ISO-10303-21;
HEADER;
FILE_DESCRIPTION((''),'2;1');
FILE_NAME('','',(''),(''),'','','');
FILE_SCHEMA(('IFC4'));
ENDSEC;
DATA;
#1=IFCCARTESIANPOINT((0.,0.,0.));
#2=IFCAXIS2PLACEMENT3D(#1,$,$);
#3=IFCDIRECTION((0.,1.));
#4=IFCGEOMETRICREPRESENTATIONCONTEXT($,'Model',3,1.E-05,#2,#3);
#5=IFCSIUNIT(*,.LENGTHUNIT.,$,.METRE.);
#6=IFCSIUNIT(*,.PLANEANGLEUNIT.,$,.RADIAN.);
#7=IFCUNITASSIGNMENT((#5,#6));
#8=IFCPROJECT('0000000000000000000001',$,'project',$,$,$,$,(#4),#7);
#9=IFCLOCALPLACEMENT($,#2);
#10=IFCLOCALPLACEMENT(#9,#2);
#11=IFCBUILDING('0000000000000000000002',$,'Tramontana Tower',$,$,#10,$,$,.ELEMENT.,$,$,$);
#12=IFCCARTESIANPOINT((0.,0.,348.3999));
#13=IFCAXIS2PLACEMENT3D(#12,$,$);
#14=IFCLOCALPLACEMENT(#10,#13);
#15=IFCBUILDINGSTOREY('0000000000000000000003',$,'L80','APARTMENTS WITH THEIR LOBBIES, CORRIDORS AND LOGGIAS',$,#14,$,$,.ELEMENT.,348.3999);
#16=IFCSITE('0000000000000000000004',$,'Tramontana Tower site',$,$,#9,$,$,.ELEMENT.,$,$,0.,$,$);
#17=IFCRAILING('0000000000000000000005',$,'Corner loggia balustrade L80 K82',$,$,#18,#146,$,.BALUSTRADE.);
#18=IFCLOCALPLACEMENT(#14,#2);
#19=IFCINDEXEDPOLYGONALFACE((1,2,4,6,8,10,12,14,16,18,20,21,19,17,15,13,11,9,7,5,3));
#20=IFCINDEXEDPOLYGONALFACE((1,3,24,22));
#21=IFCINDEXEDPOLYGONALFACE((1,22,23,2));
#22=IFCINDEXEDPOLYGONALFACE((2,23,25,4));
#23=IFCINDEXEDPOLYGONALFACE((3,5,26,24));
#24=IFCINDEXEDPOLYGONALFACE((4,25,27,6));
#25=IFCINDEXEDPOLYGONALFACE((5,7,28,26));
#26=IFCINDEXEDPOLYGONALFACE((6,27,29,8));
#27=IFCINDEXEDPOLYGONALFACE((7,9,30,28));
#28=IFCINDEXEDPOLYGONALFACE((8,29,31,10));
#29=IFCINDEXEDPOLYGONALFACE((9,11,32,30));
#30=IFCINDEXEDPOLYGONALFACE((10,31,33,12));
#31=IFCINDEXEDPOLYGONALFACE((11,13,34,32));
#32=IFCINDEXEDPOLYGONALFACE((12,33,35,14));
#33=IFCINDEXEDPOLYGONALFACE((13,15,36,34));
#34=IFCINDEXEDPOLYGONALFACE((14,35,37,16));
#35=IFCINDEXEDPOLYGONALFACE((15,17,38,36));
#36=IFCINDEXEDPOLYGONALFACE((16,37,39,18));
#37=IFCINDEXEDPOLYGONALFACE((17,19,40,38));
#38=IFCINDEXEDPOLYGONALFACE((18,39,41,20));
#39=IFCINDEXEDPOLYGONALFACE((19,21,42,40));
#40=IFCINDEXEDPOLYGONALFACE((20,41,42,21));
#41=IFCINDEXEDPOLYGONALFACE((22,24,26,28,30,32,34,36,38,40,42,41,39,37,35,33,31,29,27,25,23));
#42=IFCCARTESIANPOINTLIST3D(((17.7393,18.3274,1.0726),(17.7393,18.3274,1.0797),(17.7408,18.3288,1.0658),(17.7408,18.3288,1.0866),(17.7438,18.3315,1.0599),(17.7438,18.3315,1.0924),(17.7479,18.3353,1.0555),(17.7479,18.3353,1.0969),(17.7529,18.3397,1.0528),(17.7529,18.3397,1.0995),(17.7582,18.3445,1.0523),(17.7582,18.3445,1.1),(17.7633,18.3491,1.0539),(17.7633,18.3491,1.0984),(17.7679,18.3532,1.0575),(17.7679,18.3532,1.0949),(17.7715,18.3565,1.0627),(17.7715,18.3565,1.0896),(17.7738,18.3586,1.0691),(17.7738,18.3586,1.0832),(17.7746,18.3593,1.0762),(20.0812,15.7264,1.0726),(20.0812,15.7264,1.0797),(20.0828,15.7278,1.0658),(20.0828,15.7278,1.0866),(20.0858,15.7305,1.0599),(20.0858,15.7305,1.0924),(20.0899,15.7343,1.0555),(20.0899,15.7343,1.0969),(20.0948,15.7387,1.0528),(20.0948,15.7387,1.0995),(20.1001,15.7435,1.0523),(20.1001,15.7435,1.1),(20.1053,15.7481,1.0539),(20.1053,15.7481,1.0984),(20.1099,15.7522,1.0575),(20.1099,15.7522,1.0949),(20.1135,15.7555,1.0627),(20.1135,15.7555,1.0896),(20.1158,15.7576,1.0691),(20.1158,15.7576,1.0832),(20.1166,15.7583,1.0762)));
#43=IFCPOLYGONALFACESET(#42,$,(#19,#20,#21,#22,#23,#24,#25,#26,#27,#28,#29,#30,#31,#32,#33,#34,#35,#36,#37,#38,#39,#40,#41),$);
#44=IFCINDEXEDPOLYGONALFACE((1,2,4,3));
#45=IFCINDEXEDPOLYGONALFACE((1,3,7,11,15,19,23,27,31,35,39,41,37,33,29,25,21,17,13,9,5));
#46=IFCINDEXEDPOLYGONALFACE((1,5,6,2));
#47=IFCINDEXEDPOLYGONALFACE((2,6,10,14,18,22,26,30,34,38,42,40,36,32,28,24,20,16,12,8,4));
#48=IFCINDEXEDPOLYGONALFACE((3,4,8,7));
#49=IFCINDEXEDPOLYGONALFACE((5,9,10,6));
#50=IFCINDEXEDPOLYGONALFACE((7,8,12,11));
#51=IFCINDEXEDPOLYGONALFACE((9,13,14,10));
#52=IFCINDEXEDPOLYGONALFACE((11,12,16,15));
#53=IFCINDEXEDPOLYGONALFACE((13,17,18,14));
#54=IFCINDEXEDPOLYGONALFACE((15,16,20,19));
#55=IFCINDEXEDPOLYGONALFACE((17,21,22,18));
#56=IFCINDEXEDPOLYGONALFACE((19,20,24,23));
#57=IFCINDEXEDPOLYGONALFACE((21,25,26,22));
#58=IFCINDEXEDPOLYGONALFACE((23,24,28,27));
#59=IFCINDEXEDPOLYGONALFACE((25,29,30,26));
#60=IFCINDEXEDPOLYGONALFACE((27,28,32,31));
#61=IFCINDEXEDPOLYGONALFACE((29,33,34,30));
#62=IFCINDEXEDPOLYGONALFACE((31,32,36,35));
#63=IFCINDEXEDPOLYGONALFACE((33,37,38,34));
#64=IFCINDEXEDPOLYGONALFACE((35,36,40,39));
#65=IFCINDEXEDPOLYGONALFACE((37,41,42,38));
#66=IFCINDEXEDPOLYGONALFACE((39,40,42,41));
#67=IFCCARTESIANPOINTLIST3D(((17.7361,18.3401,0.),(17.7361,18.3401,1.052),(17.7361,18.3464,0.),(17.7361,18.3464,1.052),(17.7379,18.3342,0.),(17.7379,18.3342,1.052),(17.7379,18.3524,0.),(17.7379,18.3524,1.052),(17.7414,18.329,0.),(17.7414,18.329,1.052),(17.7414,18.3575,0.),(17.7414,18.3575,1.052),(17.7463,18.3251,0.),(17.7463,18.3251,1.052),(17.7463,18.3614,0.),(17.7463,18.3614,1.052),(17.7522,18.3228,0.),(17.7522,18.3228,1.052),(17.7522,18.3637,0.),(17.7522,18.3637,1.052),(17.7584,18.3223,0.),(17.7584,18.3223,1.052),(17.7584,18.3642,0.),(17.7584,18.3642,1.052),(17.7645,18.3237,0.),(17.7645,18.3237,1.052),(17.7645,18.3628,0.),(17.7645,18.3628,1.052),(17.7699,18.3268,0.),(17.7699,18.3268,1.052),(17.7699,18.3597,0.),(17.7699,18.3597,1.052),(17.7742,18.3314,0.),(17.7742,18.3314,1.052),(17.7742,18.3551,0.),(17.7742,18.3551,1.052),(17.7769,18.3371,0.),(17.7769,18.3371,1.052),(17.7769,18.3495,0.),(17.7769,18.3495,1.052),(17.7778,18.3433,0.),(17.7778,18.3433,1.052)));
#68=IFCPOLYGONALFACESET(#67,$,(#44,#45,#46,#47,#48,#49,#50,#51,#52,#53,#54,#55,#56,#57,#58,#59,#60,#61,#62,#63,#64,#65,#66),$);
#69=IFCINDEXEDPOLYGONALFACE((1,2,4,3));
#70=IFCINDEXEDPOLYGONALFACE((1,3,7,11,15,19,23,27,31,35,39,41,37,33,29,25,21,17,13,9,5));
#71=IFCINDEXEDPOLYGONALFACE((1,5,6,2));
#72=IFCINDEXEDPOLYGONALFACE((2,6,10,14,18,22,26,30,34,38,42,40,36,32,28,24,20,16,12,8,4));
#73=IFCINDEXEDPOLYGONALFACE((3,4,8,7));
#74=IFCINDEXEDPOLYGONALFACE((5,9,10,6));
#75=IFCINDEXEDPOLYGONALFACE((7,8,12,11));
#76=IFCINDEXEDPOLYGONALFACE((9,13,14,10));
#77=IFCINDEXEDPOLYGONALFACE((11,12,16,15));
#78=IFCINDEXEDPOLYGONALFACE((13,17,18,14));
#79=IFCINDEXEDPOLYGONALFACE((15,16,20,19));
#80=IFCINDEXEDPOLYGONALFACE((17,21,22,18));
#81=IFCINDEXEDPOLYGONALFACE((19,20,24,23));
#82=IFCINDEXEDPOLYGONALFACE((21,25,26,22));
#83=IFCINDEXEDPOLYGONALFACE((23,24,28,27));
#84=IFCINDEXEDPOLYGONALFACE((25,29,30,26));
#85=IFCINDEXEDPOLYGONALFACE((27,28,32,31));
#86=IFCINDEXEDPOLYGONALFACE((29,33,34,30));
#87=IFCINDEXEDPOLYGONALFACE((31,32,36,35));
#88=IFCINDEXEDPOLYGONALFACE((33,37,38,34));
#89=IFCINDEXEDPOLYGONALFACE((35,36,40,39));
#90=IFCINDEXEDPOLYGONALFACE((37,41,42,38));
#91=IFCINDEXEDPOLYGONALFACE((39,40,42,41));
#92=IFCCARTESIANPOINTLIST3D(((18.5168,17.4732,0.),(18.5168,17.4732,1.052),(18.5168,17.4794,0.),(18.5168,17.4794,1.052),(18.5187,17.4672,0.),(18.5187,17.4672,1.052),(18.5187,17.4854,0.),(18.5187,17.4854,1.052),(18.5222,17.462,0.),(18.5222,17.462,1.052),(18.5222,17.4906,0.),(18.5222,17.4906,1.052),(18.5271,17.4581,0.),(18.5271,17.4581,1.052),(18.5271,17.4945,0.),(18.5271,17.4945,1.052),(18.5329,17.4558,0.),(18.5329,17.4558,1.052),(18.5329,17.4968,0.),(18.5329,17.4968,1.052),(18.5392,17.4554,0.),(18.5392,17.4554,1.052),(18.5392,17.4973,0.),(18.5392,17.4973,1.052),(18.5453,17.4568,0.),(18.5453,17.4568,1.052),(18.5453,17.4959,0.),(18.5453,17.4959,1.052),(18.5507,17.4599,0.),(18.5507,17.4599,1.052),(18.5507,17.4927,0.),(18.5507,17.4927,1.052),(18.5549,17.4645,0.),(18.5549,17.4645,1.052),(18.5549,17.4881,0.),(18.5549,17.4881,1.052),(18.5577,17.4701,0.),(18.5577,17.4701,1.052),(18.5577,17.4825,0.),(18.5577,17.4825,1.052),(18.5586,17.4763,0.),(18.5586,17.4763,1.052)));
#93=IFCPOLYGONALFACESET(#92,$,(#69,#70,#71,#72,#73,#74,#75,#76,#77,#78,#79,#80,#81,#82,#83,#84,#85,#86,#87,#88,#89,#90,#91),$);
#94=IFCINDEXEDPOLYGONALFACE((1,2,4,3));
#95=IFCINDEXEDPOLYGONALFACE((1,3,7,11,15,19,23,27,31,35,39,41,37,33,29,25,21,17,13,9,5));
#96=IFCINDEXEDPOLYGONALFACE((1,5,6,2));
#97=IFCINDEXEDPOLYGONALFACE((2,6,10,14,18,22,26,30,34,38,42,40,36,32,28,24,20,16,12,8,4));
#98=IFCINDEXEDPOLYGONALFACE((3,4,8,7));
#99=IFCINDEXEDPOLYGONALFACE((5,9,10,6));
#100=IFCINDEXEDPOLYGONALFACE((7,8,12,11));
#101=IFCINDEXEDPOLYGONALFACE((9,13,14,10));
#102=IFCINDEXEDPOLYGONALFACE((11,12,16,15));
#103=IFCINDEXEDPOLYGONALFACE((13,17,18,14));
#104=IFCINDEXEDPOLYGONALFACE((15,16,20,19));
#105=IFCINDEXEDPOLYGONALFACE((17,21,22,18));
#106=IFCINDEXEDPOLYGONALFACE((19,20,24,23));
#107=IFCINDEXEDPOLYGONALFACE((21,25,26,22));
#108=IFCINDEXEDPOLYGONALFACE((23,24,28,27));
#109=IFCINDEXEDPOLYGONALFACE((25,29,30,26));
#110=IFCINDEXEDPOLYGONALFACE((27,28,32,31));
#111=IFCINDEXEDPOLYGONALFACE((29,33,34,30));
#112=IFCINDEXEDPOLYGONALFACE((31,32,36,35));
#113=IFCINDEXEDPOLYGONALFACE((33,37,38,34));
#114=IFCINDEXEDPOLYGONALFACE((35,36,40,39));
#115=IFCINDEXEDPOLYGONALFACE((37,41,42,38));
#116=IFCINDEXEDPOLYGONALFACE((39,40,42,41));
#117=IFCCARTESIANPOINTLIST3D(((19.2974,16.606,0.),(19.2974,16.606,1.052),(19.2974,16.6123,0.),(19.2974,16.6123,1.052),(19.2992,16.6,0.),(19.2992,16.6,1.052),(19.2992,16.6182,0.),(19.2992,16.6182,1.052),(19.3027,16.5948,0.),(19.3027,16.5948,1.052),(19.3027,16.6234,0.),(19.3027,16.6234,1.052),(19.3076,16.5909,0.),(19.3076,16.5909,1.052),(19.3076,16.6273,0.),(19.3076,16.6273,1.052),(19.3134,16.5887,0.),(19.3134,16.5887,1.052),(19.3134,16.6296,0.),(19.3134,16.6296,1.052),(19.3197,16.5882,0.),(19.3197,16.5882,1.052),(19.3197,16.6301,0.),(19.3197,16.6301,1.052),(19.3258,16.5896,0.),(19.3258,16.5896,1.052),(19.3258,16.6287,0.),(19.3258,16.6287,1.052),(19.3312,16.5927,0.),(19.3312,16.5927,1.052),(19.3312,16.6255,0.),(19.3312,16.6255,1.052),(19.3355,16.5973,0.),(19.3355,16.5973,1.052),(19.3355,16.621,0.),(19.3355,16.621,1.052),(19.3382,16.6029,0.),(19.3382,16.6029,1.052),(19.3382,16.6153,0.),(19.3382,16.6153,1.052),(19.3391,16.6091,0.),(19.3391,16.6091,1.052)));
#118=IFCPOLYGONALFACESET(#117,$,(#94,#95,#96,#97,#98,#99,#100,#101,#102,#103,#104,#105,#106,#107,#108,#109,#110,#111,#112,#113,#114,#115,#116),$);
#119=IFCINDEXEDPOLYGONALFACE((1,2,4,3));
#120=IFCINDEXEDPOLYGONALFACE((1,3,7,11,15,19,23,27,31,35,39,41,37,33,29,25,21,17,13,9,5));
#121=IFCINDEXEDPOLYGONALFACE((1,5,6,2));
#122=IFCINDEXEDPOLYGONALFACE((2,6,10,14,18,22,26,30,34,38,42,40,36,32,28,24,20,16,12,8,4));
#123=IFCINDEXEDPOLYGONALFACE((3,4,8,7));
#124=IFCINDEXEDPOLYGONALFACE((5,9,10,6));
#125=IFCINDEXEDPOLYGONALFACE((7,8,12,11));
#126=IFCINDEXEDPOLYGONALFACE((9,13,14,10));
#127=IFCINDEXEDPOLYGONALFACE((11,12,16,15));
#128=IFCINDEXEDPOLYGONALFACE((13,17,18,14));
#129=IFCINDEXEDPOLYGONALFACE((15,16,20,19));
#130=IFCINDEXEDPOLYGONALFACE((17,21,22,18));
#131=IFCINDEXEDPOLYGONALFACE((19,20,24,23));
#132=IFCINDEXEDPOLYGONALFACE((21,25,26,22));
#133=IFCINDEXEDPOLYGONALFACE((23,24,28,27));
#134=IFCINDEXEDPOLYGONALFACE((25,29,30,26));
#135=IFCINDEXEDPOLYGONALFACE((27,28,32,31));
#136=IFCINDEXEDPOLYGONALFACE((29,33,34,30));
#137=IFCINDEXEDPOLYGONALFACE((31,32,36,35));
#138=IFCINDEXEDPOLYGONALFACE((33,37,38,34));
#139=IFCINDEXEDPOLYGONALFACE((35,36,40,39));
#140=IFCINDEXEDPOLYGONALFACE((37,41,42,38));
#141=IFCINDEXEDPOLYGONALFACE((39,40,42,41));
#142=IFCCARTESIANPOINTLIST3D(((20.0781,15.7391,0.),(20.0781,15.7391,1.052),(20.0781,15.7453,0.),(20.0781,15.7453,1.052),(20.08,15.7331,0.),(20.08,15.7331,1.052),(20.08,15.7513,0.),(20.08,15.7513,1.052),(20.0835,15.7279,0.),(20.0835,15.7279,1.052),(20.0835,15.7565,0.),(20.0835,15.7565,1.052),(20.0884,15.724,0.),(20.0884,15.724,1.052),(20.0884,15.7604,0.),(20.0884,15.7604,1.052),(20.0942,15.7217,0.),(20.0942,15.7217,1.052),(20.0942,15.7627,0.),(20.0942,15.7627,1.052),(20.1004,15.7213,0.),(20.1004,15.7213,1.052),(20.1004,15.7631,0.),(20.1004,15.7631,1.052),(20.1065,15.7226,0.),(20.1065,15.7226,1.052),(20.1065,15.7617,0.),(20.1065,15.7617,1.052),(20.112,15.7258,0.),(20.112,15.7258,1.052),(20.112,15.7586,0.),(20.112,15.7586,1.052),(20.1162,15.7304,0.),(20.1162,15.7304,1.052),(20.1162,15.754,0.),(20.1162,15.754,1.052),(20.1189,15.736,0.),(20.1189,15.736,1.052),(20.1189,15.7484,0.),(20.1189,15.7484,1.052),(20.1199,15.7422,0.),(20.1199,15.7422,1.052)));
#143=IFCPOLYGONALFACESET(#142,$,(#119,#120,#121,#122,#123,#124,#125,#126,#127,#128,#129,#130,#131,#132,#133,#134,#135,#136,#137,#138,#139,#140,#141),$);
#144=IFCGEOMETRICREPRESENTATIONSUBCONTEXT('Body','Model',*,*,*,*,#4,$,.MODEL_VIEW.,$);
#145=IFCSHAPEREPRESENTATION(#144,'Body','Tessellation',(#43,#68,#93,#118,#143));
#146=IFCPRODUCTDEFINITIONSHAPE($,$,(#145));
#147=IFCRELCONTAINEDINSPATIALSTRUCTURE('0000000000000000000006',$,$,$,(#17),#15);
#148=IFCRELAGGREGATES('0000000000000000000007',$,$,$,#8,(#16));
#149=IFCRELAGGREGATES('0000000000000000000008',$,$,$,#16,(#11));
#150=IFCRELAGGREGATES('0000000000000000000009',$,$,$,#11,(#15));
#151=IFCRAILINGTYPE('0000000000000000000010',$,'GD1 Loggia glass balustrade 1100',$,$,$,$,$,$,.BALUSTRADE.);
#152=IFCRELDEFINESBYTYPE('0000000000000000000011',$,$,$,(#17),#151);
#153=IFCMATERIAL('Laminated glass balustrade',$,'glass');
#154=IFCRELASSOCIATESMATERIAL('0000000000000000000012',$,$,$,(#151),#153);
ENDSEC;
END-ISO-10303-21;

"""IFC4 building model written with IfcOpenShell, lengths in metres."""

from ifc_helpers import new_model, si_unit, direction, frame, origin, origin_2d, place, context, subcontext, project, spatial, circle, extrude, material, type_object, element, save


model = new_model("IFC4")

# Units and contexts
model_context = context("Model", 3, precision=1e-05, world=origin(), true_north=direction((0.0, 1.0)))
body_context = subcontext(model_context, "Body", "Model", "MODEL_VIEW")
ifc_project = project(units=[si_unit("LENGTHUNIT", "METRE"), si_unit("PLANEANGLEUNIT", "RADIAN")], contexts=[model_context])

# Site, building, storey
site_placement = place(None, origin())
site = spatial("IfcSite", under=ifc_project, at=site_placement, Name="Tramontana Tower site", CompositionType="ELEMENT", RefElevation=0.0)
building_placement = place(site_placement, origin())
building = spatial("IfcBuilding", under=site, at=building_placement, Name="Tramontana Tower", CompositionType="ELEMENT")
storey_placement = place(building_placement, frame((0.0, 0.0, 348.3999)))
storey = spatial("IfcBuildingStorey", under=building, at=storey_placement, Name="L80", Description="APARTMENTS WITH THEIR LOBBIES, CORRIDORS AND LOGGIAS", CompositionType="ELEMENT", Elevation=348.3999)

# Railing
ifc_material_1 = material(Name="Laminated glass balustrade", Category="glass")
railing_type = type_object("IfcRailingType", Name="GD1 Loggia glass balustrade 1100", PredefinedType="BALUSTRADE", material=ifc_material_1)
railing_placement = place(storey_placement, frame((17.7568, 18.3433, 0.0)))
element("IfcRailing", 1, at=railing_placement, inside=storey, type_object=railing_type, Name="Corner loggia balustrade L80 K82", PredefinedType="BALUSTRADE", context=body_context, shape_type="SweptSolid", body=[
    extrude(circle(Radius=0.0239, at=origin_2d()), frame((0.0, 0.0, 1.0762), z_axis=(0.669134, -0.743142, 0.0), x_axis=(0.743142, 0.669134, 0.0)), (0.0, 0.0, 1.0), 3.5),
    extrude(circle(Radius=0.021, at=origin_2d()), origin(), (0.0, 0.0, 1.0), 1.052),
    extrude(circle(Radius=0.021, at=origin_2d()), frame((0.7808, -0.8669, 0.0)), (0.0, 0.0, 1.0), 1.052),
    extrude(circle(Radius=0.021, at=origin_2d()), frame((1.5613, -1.7341, 0.0)), (0.0, 0.0, 1.0), 1.052),
    extrude(circle(Radius=0.021, at=origin_2d()), frame((2.342, -2.6011, 0.0)), (0.0, 0.0, 1.0), 1.052),
])

save(model, "model.ifc")
